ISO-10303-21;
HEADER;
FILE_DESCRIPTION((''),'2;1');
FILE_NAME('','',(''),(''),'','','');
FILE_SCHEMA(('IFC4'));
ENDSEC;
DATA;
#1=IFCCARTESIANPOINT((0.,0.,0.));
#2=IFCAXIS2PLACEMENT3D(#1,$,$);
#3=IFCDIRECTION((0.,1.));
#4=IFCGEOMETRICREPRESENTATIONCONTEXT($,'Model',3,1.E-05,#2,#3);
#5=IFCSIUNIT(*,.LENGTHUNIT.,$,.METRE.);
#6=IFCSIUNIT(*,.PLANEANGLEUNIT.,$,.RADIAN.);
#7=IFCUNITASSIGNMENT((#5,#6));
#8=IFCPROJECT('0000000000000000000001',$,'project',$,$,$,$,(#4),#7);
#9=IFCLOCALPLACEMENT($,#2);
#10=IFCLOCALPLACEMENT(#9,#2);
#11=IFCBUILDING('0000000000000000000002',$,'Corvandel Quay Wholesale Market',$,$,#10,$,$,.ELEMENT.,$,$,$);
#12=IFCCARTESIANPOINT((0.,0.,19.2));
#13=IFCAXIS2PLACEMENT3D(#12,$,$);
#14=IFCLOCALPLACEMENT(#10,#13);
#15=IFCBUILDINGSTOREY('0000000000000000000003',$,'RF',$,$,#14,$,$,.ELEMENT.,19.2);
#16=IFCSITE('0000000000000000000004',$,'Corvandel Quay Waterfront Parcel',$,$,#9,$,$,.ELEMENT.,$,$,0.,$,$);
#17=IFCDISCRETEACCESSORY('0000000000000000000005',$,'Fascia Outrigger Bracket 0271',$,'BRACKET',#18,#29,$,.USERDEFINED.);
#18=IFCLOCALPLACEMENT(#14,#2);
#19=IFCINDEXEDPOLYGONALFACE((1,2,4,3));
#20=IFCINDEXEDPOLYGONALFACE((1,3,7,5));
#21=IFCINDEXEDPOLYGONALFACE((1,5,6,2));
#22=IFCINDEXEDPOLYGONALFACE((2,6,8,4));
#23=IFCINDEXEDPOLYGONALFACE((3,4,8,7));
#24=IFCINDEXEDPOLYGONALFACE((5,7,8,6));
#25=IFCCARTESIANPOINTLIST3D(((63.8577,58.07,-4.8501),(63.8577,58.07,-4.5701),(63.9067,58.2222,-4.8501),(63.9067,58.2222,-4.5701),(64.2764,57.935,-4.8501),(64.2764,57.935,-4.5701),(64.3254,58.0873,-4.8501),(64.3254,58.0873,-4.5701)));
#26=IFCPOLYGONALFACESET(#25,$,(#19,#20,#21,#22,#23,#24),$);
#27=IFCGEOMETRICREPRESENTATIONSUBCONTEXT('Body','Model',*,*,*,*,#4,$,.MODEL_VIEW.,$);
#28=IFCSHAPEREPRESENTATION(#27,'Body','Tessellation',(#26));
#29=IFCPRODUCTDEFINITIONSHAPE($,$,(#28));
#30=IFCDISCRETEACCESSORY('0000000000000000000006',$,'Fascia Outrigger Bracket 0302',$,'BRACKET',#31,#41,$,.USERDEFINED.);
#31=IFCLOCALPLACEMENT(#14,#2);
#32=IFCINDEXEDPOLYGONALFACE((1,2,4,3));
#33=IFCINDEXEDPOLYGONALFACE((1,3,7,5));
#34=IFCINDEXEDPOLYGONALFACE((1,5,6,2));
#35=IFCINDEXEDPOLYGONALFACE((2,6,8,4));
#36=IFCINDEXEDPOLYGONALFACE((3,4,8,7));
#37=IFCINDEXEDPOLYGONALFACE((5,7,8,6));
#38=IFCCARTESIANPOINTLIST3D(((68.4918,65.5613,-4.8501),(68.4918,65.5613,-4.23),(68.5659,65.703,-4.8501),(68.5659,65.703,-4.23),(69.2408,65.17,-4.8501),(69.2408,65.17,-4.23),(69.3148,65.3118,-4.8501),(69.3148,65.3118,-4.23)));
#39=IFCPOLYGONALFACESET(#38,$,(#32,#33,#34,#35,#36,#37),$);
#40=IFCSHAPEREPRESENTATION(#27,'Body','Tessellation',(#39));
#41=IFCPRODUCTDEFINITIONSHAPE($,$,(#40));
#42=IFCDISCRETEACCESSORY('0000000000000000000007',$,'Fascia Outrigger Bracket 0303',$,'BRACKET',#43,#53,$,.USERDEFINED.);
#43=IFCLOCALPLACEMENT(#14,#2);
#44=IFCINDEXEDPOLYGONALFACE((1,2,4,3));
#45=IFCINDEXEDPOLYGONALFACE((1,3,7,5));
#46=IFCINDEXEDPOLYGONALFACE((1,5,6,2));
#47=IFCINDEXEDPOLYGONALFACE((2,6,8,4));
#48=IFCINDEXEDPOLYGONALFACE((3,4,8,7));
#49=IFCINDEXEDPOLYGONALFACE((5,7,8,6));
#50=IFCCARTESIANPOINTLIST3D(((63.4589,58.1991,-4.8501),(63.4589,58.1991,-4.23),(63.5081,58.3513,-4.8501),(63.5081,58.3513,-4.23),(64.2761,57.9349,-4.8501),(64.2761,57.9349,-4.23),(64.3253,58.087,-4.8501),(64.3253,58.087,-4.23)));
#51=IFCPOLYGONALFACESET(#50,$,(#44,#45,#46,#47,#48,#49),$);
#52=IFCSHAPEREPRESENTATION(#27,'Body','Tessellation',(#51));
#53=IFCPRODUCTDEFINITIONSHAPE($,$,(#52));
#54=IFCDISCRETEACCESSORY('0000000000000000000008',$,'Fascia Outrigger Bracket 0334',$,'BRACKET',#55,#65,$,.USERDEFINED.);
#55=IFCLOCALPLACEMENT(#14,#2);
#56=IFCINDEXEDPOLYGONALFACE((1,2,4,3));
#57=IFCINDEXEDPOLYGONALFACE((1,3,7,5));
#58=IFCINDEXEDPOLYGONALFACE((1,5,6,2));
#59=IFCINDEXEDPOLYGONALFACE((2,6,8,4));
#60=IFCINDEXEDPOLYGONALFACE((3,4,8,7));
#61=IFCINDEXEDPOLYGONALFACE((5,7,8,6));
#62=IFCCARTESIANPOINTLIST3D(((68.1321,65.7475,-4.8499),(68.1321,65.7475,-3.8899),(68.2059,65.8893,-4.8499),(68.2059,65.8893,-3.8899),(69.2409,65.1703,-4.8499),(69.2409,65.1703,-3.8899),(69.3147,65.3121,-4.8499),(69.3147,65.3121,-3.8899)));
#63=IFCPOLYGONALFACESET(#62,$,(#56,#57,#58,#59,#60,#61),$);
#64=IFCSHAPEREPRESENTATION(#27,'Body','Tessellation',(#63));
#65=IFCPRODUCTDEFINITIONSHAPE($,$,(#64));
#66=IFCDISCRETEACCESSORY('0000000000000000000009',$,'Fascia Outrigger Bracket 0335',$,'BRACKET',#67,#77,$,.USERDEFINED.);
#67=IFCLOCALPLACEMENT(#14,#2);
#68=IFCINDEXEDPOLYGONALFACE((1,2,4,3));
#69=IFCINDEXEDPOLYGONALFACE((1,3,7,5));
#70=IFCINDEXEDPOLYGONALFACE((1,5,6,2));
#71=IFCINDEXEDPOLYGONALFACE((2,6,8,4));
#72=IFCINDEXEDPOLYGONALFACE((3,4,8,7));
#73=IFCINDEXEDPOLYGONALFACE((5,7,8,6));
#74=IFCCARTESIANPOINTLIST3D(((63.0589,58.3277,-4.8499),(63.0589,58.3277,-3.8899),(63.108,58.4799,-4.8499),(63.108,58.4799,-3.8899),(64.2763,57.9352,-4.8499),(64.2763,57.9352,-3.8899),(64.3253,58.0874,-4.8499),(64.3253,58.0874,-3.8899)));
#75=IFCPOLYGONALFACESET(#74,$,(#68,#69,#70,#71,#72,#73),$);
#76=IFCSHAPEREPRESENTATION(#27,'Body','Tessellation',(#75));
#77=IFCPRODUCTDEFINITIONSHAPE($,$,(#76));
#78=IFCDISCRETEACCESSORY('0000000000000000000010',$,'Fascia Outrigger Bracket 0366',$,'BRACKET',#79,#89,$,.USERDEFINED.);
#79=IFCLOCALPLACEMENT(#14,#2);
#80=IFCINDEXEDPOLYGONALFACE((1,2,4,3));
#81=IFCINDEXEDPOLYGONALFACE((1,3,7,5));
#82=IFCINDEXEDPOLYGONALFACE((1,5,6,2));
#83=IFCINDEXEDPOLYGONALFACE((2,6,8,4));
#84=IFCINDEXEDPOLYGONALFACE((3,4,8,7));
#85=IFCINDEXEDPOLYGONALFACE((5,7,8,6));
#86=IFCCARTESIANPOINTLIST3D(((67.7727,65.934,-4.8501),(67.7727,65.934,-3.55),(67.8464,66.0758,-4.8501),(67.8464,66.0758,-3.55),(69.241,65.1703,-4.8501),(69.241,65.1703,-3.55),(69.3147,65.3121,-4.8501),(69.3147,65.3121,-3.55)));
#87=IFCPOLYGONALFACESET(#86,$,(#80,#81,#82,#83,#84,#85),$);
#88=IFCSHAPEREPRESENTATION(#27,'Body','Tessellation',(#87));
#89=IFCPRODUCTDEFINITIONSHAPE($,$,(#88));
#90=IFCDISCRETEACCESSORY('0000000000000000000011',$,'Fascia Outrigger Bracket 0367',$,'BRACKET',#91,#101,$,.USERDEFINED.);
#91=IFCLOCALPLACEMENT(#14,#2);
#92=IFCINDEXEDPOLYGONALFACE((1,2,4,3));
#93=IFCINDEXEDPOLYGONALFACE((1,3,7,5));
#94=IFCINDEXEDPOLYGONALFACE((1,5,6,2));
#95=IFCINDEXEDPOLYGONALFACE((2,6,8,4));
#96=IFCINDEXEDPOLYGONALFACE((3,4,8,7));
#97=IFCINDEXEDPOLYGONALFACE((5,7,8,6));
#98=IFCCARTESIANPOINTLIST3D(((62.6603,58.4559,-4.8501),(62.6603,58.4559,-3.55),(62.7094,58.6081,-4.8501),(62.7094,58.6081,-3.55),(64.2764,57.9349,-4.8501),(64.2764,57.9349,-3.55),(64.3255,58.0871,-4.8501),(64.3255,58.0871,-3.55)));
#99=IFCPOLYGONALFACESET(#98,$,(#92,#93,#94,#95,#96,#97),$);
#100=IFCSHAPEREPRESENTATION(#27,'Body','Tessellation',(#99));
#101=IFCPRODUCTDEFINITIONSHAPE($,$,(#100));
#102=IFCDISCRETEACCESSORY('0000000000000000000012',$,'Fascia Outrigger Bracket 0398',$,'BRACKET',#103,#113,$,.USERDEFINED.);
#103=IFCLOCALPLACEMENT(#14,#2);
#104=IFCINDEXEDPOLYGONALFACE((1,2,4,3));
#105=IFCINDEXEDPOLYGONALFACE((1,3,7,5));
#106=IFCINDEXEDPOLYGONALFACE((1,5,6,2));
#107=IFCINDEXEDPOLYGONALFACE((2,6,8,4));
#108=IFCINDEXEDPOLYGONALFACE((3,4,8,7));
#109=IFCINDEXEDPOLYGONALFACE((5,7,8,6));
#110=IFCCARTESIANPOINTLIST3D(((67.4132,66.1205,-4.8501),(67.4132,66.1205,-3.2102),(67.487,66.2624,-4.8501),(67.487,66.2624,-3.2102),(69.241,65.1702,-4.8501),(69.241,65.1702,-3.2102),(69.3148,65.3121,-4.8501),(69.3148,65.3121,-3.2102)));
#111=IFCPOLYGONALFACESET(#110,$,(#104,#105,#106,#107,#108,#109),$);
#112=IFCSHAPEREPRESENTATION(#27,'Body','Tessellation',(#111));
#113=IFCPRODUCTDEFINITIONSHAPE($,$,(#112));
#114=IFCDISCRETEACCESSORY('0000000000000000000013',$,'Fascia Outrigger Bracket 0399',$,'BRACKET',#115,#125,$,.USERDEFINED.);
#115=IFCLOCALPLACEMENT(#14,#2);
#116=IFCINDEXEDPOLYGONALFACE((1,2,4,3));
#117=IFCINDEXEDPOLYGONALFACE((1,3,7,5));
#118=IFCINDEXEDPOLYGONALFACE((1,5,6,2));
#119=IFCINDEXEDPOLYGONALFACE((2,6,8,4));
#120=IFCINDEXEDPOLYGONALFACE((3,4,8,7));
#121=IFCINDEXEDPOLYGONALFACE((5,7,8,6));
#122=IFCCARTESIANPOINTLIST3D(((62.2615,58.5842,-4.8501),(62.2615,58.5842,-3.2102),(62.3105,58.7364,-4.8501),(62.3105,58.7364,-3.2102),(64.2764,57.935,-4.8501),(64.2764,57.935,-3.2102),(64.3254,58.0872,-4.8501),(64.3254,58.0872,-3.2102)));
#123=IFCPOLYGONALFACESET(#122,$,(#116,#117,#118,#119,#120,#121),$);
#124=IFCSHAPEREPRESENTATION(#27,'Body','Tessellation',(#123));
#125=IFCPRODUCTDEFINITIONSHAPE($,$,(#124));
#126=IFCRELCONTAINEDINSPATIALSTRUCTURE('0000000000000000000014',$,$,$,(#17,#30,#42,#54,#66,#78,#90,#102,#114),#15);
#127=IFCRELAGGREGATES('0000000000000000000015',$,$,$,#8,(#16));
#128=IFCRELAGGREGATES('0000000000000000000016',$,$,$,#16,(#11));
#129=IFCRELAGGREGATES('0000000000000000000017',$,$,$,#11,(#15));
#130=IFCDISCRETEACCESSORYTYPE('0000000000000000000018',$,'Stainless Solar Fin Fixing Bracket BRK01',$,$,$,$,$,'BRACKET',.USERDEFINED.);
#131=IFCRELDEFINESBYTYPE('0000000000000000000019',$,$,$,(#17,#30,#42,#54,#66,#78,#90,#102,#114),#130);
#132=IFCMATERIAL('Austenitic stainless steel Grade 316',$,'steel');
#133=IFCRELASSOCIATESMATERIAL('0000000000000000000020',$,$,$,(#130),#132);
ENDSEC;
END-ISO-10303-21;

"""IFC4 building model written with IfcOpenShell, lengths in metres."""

from ifc_helpers import new_model, si_unit, direction, frame, origin, origin_2d, place, context, subcontext, project, spatial, rectangle, extrude, material, type_object, element, save


model = new_model("IFC4")

# Units and contexts
model_context = context("Model", 3, precision=1e-05, world=origin(), true_north=direction((0.0, 1.0)))
body_context = subcontext(model_context, "Body", "Model", "MODEL_VIEW")
ifc_project = project(units=[si_unit("LENGTHUNIT", "METRE"), si_unit("PLANEANGLEUNIT", "RADIAN")], contexts=[model_context])

# Site, building, storey
site_placement = place(None, origin())
site = spatial("IfcSite", under=ifc_project, at=site_placement, Name="Corvandel Quay Waterfront Parcel", CompositionType="ELEMENT", RefElevation=0.0)
building_placement = place(site_placement, origin())
building = spatial("IfcBuilding", under=site, at=building_placement, Name="Corvandel Quay Wholesale Market", CompositionType="ELEMENT")
storey_placement = place(building_placement, frame((0.0, 0.0, 19.2)))
storey = spatial("IfcBuildingStorey", under=building, at=storey_placement, Name="RF", CompositionType="ELEMENT", Elevation=19.2)

# Discrete accessories
ifc_material_1 = material(Name="Austenitic stainless steel Grade 316", Category="steel")
discrete_accessory_type = type_object("IfcDiscreteAccessoryType", Name="Stainless Solar Fin Fixing Bracket BRK01", ElementType="BRACKET", PredefinedType="USERDEFINED", material=ifc_material_1)
discrete_accessory_1_placement = place(storey_placement, frame((64.0916, 58.0786, -4.8501), z_axis=(0.0, 0.0, 1.0), x_axis=(-0.951809, 0.306692, 0.0)))
element("IfcDiscreteAccessory", 1, at=discrete_accessory_1_placement, inside=storey, type_object=discrete_accessory_type, Name="Fascia Outrigger Bracket 0271", ObjectType="BRACKET", PredefinedType="USERDEFINED", context=body_context, shape_type="SweptSolid", body=[
    extrude(rectangle(XDim=0.4399, YDim=0.1599, at=origin_2d()), origin(), (0.0, 0.0, 1.0), 0.28),
])
discrete_accessory_2_placement = place(storey_placement, frame((68.9033, 65.4365, -4.8501), z_axis=(0.0, 0.0, 1.0), x_axis=(-0.886365, 0.462987, 0.0)))
element("IfcDiscreteAccessory", 2, at=discrete_accessory_2_placement, inside=storey, type_object=discrete_accessory_type, Name="Fascia Outrigger Bracket 0302", ObjectType="BRACKET", PredefinedType="USERDEFINED", context=body_context, shape_type="SweptSolid", body=[
    extrude(rectangle(XDim=0.845, YDim=0.1599, at=origin_2d()), origin(), (0.0, 0.0, 1.0), 0.6201),
])
discrete_accessory_3_placement = place(storey_placement, frame((63.8921, 58.1431, -4.8501), z_axis=(0.0, 0.0, 1.0), x_axis=(-0.951487, 0.307689, 0.0)))
element("IfcDiscreteAccessory", 3, at=discrete_accessory_3_placement, inside=storey, type_object=discrete_accessory_type, Name="Fascia Outrigger Bracket 0303", ObjectType="BRACKET", PredefinedType="USERDEFINED", context=body_context, shape_type="SweptSolid", body=[
    extrude(rectangle(XDim=0.8589, YDim=0.1599, at=origin_2d()), origin(), (0.0, 0.0, 1.0), 0.6201),
])
discrete_accessory_4_placement = place(storey_placement, frame((68.7234, 65.5298, -4.8499), z_axis=(0.0, 0.0, 1.0), x_axis=(-0.887011, 0.461749, 0.0)))
element("IfcDiscreteAccessory", 4, at=discrete_accessory_4_placement, inside=storey, type_object=discrete_accessory_type, Name="Fascia Outrigger Bracket 0334", ObjectType="BRACKET", PredefinedType="USERDEFINED", context=body_context, shape_type="SweptSolid", body=[
    extrude(rectangle(XDim=1.25, YDim=0.1599, at=origin_2d()), origin(), (0.0, 0.0, 1.0), 0.96),
])
discrete_accessory_5_placement = place(storey_placement, frame((63.6921, 58.2075, -4.8499), z_axis=(0.0, 0.0, 1.0), x_axis=(-0.951755, 0.306858, 0.0)))
element("IfcDiscreteAccessory", 5, at=discrete_accessory_5_placement, inside=storey, type_object=discrete_accessory_type, Name="Fascia Outrigger Bracket 0335", ObjectType="BRACKET", PredefinedType="USERDEFINED", context=body_context, shape_type="SweptSolid", body=[
    extrude(rectangle(XDim=1.2791, YDim=0.1599, at=origin_2d()), origin(), (0.0, 0.0, 1.0), 0.96),
])
discrete_accessory_6_placement = place(storey_placement, frame((68.5437, 65.623, -4.8501), z_axis=(0.0, 0.0, 1.0), x_axis=(-0.887172, 0.461439, 0.0)))
element("IfcDiscreteAccessory", 6, at=discrete_accessory_6_placement, inside=storey, type_object=discrete_accessory_type, Name="Fascia Outrigger Bracket 0366", ObjectType="BRACKET", PredefinedType="USERDEFINED", context=body_context, shape_type="SweptSolid", body=[
    extrude(rectangle(XDim=1.655, YDim=0.1599, at=origin_2d()), origin(), (0.0, 0.0, 1.0), 1.3),
])
discrete_accessory_7_placement = place(storey_placement, frame((63.4929, 58.2715, -4.8501), z_axis=(0.0, 0.0, 1.0), x_axis=(-0.951755, 0.306858, 0.0)))
element("IfcDiscreteAccessory", 7, at=discrete_accessory_7_placement, inside=storey, type_object=discrete_accessory_type, Name="Fascia Outrigger Bracket 0367", ObjectType="BRACKET", PredefinedType="USERDEFINED", context=body_context, shape_type="SweptSolid", body=[
    extrude(rectangle(XDim=1.698, YDim=0.1599, at=origin_2d()), origin(), (0.0, 0.0, 1.0), 1.3),
])
discrete_accessory_8_placement = place(storey_placement, frame((68.364, 65.7163, -4.8501), z_axis=(0.0, 0.0, 1.0), x_axis=(-0.887252, 0.461284, 0.0)))
element("IfcDiscreteAccessory", 8, at=discrete_accessory_8_placement, inside=storey, type_object=discrete_accessory_type, Name="Fascia Outrigger Bracket 0398", ObjectType="BRACKET", PredefinedType="USERDEFINED", context=body_context, shape_type="SweptSolid", body=[
    extrude(rectangle(XDim=2.0601, YDim=0.1599, at=origin_2d()), origin(), (0.0, 0.0, 1.0), 1.6399),
])
discrete_accessory_9_placement = place(storey_placement, frame((63.2935, 58.3357, -4.8501), z_axis=(0.0, 0.0, 1.0), x_axis=(-0.951809, 0.306692, 0.0)))
element("IfcDiscreteAccessory", 9, at=discrete_accessory_9_placement, inside=storey, type_object=discrete_accessory_type, Name="Fascia Outrigger Bracket 0399", ObjectType="BRACKET", PredefinedType="USERDEFINED", context=body_context, shape_type="SweptSolid", body=[
    extrude(rectangle(XDim=2.1169, YDim=0.1599, at=origin_2d()), origin(), (0.0, 0.0, 1.0), 1.6399),
])

save(model, "model.ifc")
